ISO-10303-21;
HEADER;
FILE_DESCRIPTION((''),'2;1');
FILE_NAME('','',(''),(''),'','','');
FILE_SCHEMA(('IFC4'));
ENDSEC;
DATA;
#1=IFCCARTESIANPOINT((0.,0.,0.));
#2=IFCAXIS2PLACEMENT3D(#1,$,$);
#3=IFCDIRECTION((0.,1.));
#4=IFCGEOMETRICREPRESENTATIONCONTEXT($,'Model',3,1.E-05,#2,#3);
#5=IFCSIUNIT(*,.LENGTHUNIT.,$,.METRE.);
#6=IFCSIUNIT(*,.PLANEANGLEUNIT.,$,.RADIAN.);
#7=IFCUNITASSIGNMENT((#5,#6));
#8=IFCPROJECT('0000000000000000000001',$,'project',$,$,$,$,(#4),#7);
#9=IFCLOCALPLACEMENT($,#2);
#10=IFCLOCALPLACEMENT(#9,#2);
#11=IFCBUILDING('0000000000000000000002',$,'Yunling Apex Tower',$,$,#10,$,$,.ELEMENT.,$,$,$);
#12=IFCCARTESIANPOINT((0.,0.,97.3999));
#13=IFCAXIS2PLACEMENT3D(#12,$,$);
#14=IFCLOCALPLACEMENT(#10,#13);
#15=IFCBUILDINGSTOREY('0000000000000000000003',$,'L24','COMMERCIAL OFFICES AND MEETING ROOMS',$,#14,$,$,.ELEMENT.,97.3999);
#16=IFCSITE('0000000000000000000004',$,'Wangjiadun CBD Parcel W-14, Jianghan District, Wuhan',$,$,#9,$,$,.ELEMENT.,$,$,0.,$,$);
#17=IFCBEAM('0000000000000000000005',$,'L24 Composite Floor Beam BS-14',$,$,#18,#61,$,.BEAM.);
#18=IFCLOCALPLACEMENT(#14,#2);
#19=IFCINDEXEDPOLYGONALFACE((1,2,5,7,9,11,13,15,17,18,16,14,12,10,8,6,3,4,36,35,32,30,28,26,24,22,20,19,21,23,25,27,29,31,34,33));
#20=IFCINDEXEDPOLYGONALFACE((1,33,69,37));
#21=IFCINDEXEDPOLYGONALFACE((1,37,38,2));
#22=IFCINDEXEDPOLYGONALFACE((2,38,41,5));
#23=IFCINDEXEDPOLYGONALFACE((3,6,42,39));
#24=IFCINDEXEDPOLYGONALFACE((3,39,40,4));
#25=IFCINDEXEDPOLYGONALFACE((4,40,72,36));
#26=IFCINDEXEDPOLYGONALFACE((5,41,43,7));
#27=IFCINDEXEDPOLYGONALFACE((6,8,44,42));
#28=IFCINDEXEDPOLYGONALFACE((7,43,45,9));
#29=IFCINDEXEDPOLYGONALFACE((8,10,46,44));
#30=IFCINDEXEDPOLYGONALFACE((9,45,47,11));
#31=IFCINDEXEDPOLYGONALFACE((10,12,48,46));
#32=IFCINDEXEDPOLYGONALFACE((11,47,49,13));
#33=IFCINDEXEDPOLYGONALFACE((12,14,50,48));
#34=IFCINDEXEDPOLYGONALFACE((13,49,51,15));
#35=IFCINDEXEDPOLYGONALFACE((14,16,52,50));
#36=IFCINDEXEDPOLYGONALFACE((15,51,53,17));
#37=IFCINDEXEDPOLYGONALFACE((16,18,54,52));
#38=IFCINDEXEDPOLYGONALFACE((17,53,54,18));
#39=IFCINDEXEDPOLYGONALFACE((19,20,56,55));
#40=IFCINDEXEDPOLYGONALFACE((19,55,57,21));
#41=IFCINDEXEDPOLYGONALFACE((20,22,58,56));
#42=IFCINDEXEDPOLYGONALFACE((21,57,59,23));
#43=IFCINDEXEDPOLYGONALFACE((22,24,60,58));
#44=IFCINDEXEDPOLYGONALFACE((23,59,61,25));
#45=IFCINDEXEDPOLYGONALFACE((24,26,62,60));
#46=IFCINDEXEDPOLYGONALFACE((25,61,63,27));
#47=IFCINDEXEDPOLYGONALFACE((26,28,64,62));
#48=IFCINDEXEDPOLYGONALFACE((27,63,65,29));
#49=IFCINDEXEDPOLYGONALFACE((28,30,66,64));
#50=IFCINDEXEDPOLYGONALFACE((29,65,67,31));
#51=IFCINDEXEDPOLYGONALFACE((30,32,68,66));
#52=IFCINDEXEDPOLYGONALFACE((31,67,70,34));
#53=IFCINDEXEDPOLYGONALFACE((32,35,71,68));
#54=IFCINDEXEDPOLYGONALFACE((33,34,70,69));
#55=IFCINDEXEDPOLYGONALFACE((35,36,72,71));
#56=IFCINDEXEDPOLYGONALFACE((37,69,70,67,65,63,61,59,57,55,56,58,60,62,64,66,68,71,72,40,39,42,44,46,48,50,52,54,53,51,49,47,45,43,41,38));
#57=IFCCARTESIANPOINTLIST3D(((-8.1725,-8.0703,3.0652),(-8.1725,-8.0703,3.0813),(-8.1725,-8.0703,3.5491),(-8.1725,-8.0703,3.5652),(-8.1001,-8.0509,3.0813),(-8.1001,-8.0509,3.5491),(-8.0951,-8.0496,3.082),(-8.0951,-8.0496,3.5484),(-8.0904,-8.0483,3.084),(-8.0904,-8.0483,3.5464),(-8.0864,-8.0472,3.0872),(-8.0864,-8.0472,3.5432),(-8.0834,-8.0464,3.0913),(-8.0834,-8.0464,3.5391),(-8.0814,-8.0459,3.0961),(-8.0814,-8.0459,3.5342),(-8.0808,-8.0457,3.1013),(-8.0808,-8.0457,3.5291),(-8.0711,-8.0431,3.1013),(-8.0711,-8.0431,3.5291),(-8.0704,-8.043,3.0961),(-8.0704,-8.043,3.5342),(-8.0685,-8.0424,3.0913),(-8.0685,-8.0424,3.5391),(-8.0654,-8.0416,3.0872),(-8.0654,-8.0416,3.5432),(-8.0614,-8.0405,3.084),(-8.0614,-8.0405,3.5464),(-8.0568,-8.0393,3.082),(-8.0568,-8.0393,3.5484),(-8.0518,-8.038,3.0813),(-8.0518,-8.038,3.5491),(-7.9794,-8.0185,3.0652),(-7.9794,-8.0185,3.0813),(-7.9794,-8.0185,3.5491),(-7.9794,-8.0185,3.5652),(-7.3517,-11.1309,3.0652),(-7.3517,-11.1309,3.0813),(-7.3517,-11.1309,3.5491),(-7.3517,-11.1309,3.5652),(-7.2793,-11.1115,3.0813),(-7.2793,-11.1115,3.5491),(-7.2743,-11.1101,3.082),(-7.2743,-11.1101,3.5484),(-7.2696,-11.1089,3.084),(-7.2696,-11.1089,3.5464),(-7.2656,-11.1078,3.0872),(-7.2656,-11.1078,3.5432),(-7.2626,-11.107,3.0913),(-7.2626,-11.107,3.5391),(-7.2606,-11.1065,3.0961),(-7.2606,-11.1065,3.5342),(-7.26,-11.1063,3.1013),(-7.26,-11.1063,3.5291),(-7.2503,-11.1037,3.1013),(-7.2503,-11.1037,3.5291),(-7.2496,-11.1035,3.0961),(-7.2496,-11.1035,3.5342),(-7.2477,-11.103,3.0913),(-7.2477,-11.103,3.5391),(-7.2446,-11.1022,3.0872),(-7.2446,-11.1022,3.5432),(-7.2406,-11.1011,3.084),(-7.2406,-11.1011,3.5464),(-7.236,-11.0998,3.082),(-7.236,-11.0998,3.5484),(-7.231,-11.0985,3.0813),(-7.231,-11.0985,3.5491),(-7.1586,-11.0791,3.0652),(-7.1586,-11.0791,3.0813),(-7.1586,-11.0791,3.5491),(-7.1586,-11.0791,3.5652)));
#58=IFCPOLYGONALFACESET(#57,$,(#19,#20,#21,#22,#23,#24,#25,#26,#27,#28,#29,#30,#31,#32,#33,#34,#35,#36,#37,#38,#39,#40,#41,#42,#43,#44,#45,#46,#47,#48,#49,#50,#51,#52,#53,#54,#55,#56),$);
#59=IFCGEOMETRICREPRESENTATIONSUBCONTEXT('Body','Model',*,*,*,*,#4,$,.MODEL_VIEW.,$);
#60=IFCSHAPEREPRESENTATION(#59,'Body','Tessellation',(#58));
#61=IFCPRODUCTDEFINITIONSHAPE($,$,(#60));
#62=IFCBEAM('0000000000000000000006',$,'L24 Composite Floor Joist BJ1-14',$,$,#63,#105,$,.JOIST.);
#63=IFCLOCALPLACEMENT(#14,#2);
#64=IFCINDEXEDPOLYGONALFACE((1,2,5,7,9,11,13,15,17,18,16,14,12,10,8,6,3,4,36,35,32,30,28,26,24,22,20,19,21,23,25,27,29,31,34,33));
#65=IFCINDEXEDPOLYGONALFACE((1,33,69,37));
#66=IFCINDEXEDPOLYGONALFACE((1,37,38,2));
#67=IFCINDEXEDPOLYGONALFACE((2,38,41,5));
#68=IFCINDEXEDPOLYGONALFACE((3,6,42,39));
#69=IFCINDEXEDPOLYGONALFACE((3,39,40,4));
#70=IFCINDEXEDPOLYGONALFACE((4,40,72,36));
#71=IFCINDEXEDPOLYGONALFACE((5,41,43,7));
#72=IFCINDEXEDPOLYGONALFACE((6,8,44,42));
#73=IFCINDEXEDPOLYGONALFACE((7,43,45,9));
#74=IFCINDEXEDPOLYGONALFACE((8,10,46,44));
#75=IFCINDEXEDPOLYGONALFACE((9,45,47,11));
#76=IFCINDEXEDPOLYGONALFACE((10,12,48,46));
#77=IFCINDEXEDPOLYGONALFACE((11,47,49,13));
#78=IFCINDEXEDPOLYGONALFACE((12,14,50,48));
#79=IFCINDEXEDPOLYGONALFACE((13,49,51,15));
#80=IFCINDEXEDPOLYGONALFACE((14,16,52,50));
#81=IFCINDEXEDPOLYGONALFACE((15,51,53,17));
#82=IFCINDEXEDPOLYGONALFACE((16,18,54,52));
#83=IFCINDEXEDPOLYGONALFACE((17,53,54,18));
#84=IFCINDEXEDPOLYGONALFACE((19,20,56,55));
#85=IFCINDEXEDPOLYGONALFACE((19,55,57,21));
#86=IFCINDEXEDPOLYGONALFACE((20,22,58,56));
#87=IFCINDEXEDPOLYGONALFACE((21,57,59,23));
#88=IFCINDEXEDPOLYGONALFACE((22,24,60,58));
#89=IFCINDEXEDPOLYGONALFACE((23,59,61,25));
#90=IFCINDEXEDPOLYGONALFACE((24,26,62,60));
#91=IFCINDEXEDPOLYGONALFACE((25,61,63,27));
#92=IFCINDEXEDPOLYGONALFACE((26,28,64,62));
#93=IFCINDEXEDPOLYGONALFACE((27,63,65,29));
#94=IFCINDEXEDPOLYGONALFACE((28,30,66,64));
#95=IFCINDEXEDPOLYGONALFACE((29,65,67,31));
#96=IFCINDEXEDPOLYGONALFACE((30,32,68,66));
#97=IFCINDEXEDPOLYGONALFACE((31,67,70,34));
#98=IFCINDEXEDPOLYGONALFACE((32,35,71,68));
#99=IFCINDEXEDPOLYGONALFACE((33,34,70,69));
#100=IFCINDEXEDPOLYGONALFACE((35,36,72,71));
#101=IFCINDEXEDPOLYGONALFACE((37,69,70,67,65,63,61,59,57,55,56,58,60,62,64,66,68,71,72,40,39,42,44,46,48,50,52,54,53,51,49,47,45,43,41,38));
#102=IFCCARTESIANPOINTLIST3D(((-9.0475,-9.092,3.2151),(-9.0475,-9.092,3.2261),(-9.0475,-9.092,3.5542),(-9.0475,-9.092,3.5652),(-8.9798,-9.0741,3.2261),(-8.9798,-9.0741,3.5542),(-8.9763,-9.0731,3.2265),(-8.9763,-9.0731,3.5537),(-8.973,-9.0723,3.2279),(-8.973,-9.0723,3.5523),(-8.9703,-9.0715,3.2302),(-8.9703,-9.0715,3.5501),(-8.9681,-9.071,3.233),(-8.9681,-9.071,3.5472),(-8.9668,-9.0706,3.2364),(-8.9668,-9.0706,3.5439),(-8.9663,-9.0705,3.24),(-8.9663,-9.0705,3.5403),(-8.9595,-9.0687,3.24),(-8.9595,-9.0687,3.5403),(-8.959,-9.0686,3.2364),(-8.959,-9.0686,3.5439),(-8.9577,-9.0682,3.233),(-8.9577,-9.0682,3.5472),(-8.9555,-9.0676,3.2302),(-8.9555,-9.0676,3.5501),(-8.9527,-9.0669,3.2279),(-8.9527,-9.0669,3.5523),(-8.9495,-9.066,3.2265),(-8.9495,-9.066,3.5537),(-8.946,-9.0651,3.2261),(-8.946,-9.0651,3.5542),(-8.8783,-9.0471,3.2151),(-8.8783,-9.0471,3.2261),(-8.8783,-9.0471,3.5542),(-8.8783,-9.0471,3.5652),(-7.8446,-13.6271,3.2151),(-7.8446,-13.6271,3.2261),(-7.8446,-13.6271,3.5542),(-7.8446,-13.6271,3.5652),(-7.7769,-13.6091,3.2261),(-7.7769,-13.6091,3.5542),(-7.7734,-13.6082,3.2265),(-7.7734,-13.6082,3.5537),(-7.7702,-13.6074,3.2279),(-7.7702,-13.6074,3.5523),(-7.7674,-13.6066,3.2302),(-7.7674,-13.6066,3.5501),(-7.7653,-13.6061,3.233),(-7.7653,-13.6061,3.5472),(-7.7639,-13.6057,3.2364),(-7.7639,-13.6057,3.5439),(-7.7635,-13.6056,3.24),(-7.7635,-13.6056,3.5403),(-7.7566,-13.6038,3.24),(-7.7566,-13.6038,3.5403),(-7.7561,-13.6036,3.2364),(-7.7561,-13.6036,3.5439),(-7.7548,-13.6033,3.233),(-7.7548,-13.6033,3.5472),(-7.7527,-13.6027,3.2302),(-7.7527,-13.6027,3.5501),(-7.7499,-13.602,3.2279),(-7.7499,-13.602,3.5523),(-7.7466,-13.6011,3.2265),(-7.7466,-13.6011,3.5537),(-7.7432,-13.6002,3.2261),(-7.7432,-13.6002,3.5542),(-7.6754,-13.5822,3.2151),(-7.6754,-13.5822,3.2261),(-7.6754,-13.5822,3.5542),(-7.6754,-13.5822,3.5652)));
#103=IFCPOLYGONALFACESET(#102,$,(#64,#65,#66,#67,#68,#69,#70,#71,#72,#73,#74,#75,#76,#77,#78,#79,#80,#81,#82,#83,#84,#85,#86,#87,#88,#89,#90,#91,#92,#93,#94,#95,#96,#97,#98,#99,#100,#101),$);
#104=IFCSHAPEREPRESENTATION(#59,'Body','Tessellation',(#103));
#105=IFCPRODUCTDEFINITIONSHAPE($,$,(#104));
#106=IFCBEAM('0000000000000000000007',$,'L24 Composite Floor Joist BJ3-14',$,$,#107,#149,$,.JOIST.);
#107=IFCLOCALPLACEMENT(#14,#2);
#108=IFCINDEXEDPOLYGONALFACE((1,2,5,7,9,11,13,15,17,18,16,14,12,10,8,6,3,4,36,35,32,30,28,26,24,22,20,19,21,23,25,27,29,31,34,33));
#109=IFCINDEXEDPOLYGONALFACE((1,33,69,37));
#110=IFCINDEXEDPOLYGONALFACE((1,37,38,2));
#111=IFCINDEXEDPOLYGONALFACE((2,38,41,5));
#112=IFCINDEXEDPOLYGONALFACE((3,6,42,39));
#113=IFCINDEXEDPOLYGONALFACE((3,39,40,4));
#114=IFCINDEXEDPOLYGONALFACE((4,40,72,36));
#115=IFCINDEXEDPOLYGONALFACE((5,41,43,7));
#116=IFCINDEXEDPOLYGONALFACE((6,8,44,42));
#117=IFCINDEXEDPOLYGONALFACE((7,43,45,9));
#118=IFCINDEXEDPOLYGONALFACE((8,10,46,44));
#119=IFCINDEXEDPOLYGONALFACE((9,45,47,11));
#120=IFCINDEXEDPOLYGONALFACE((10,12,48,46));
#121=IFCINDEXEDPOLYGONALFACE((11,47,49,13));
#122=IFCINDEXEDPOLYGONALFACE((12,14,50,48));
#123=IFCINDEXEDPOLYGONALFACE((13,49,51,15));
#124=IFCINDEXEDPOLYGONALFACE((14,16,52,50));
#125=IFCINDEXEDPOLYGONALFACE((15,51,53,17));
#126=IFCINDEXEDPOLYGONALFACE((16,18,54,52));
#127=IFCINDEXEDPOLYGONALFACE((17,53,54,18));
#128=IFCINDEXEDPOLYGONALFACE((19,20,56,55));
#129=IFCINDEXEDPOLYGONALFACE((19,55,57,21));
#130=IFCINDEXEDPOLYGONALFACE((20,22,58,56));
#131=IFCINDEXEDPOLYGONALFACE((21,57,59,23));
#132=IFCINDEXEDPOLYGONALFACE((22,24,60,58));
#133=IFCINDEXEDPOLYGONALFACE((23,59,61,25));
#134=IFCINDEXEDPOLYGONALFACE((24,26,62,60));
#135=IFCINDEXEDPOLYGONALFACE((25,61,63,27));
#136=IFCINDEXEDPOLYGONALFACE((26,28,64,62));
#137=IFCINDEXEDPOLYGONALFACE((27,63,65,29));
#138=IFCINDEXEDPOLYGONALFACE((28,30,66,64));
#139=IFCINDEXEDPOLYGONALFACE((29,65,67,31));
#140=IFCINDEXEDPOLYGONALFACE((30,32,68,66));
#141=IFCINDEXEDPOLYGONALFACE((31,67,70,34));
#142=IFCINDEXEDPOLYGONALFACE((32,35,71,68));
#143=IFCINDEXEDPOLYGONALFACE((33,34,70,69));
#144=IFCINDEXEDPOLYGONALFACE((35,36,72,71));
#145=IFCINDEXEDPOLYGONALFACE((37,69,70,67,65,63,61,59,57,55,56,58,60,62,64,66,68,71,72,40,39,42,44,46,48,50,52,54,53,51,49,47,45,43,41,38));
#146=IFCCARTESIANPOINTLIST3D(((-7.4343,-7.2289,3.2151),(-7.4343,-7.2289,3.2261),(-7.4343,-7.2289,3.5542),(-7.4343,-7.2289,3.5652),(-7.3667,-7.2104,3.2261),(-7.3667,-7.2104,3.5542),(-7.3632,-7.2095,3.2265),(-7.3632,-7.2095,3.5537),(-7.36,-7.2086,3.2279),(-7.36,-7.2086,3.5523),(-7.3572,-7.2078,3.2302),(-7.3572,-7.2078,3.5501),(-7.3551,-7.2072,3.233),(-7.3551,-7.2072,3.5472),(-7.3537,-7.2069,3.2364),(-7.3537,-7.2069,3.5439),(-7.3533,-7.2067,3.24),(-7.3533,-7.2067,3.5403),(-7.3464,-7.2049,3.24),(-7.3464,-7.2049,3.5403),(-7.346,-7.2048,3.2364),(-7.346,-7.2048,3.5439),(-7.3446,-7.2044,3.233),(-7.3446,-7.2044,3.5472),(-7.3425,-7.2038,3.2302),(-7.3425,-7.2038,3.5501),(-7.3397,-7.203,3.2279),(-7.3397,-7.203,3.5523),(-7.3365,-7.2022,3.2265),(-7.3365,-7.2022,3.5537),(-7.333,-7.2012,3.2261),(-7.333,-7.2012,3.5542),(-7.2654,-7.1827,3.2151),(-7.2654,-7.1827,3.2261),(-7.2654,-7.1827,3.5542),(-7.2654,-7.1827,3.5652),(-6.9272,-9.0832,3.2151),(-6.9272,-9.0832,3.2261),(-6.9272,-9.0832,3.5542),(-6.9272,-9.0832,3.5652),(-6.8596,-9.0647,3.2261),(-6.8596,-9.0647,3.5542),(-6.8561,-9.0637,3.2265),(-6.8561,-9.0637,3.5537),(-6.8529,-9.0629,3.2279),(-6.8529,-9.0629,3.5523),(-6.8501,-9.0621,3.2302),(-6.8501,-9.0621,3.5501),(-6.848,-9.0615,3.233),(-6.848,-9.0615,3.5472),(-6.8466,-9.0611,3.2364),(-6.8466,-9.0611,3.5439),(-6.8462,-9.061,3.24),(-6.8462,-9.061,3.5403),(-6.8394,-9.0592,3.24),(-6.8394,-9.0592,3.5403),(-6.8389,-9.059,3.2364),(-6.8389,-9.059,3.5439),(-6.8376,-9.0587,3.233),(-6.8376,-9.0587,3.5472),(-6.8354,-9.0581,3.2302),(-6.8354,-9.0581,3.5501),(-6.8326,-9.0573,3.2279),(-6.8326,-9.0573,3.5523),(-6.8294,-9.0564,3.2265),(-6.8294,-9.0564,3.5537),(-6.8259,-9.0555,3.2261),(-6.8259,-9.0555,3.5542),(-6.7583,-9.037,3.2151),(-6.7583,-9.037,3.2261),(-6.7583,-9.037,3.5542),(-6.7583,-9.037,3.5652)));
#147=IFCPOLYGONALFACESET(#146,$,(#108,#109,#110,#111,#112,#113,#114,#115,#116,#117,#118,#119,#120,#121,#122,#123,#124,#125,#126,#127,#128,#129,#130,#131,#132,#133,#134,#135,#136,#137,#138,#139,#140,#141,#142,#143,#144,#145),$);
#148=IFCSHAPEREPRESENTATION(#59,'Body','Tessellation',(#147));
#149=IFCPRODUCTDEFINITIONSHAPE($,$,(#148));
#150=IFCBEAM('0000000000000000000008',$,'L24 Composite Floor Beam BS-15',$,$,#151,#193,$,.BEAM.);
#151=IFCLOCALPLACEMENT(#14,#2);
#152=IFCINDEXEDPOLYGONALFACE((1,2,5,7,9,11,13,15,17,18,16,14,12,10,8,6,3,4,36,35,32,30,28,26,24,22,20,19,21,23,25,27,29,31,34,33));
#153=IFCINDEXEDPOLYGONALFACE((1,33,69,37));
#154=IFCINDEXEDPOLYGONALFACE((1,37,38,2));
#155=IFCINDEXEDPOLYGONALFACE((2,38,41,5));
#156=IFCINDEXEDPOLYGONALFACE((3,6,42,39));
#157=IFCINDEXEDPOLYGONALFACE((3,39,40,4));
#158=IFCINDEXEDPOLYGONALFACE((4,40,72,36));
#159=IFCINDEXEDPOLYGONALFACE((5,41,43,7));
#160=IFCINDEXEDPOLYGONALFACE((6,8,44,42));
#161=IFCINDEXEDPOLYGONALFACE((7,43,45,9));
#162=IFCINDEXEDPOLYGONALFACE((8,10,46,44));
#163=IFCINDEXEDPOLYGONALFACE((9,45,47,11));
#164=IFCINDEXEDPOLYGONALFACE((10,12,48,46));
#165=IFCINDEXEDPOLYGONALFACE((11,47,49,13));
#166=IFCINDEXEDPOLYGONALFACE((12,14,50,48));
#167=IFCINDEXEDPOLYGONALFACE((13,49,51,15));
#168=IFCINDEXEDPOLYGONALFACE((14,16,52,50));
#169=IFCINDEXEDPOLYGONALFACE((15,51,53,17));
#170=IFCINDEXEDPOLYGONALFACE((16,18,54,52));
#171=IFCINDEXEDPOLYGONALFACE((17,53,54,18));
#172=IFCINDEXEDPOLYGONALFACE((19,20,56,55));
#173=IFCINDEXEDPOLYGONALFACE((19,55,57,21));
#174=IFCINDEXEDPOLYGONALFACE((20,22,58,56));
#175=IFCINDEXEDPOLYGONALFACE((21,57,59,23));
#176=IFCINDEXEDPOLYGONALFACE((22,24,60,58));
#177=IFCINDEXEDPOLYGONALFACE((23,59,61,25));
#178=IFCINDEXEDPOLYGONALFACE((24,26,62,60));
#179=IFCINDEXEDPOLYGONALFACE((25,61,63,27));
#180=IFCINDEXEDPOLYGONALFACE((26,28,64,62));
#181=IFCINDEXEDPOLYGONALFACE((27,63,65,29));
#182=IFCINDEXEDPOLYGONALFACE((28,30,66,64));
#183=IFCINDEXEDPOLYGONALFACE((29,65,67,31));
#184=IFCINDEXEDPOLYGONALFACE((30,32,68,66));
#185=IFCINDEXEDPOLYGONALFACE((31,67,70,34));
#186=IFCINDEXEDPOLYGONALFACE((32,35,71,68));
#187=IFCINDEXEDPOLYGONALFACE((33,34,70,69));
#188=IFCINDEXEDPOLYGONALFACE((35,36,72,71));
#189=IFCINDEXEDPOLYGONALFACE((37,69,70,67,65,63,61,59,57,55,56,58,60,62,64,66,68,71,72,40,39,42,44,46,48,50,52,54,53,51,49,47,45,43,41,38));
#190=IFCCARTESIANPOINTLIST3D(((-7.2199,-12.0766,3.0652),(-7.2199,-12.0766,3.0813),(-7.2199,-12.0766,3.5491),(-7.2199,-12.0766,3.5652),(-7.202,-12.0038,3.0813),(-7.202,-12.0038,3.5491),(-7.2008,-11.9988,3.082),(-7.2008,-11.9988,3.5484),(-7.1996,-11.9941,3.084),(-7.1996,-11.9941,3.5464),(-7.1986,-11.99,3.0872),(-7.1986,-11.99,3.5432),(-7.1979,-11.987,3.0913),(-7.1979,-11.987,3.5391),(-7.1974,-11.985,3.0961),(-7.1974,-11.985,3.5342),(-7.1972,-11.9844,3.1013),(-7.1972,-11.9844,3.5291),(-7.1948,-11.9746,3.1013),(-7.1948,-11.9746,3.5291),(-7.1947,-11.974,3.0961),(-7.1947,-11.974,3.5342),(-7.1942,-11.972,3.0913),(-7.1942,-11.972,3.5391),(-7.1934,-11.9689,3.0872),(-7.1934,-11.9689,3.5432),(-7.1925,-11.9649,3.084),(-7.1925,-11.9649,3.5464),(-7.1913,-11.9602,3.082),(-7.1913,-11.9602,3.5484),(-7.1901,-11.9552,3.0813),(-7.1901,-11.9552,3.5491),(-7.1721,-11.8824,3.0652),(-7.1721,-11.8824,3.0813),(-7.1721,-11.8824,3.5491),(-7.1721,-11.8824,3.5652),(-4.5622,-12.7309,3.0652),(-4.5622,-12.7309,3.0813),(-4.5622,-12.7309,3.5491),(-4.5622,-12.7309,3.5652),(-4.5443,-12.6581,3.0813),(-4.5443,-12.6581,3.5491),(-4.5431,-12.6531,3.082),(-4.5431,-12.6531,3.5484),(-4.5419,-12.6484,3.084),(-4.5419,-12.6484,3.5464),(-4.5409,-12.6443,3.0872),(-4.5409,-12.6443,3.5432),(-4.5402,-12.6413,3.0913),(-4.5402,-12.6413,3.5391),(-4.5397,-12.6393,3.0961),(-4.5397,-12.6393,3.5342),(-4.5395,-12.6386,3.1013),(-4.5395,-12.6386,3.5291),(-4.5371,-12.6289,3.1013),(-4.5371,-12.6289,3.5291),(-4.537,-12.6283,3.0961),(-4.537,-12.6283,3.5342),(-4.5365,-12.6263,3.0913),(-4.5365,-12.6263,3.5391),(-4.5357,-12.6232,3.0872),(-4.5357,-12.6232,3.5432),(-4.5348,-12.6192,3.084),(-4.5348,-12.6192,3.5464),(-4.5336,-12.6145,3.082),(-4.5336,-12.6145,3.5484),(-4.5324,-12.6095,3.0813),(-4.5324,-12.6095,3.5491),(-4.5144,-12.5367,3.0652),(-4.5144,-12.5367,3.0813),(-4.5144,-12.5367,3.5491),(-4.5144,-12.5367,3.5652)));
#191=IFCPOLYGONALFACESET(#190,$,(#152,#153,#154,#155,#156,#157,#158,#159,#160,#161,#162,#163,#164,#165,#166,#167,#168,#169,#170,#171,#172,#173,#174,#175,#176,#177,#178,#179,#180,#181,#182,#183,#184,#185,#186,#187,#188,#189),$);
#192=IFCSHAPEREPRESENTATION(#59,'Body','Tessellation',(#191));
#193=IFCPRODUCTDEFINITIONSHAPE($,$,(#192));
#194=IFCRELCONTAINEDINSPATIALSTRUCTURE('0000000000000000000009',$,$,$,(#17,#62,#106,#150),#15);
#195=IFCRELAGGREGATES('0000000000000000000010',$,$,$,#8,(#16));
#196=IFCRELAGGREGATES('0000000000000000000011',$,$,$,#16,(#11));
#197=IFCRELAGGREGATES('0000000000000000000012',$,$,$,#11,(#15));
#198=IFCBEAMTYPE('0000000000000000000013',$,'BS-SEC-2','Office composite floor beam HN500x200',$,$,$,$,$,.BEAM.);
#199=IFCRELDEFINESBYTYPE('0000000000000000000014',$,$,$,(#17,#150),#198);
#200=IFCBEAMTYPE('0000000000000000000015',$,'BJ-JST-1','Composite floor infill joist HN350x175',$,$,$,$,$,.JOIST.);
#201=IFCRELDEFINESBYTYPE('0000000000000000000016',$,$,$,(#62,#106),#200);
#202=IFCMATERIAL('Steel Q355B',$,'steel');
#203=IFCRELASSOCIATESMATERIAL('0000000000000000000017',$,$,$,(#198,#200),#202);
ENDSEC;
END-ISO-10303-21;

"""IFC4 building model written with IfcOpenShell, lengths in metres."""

from ifc_helpers import new_model, si_unit, direction, frame, origin, origin_2d, place, context, subcontext, project, spatial, i_section, extrude, source, transform, mapped, material, material_profile, profile_set, type_object, element, save


model = new_model("IFC4")

# Units and contexts
model_context = context("Model", 3, precision=1e-05, world=origin(), true_north=direction((0.0, 1.0)))
body_context = subcontext(model_context, "Body", "Model", "MODEL_VIEW")
ifc_project = project(units=[si_unit("LENGTHUNIT", "METRE"), si_unit("PLANEANGLEUNIT", "RADIAN")], contexts=[model_context])

# Site, building, storey
site_placement = place(None, origin())
site = spatial("IfcSite", under=ifc_project, at=site_placement, Name="Wangjiadun CBD Parcel W-14, Jianghan District, Wuhan", CompositionType="ELEMENT", RefElevation=0.0)
building_placement = place(site_placement, origin())
building = spatial("IfcBuilding", under=site, at=building_placement, Name="Yunling Apex Tower", CompositionType="ELEMENT")
storey_placement = place(building_placement, frame((0.0, 0.0, 97.3999)))
storey = spatial("IfcBuildingStorey", under=building, at=storey_placement, Name="L24", Description="COMMERCIAL OFFICES AND MEETING ROOMS", CompositionType="ELEMENT", Elevation=97.3999)

# Beams
ifc_material_1 = material(Name="Steel Q355B", Category="steel")
ifc_material_profile_1 = material_profile(ifc_material_1, i_section(OverallWidth=0.2, OverallDepth=0.5, WebThickness=0.01, FlangeThickness=0.0161, FilletRadius=0.02, at=origin_2d()))
ifc_profile_set_1 = profile_set([ifc_material_profile_1], Name="Steel Q355B")
beam_type_1 = type_object("IfcBeamType", Name="BS-SEC-2", Description="Office composite floor beam HN500x200", PredefinedType="BEAM", material=ifc_profile_set_1)
ifc_material_profile_2 = material_profile(ifc_material_1, i_section(OverallWidth=0.175, OverallDepth=0.3501, WebThickness=0.0071, FlangeThickness=0.011, FilletRadius=0.0139, at=origin_2d()))
ifc_profile_set_2 = profile_set([ifc_material_profile_2], Name="Steel Q355B")
beam_type_2 = type_object("IfcBeamType", Name="BJ-JST-1", Description="Composite floor infill joist HN350x175", PredefinedType="JOIST", material=ifc_profile_set_2)
shared_shape_1 = source(origin(), body_context, "Body", "SweptSolid", [
    extrude(i_section(OverallWidth=0.2, OverallDepth=0.5, WebThickness=0.01, FlangeThickness=0.0161, FilletRadius=0.02, at=origin_2d()), origin(), (0.0, 0.0, 1.0), 3.1687),
])
beam_1_placement = place(storey_placement, frame((-8.0759, -8.0444, 3.3152), z_axis=(0.259034, -0.965868, 0.0), x_axis=(0.965868, 0.259034, 0.0)))
element("IfcBeam", 1, at=beam_1_placement, inside=storey, type_object=beam_type_1, Name="L24 Composite Floor Beam BS-14", PredefinedType="BEAM", context=body_context, shape_type="MappedRepresentation", body=[
    mapped(shared_shape_1, transform((0.0, 0.0, 0.0), scale=1.0)),
])
shared_shape_2 = source(origin(), body_context, "Body", "SweptSolid", [
    extrude(i_section(OverallWidth=0.175, OverallDepth=0.3501, WebThickness=0.0071, FlangeThickness=0.011, FilletRadius=0.0139, at=origin_2d()), origin(), (0.0, 0.0, 1.0), 4.6919),
])
beam_2_placement = place(storey_placement, frame((-8.9629, -9.0696, 3.3901), z_axis=(0.25637, -0.966579, 0.0), x_axis=(0.966579, 0.25637, 0.0)))
element("IfcBeam", 2, at=beam_2_placement, inside=storey, type_object=beam_type_2, Name="L24 Composite Floor Joist BJ1-14", PredefinedType="JOIST", context=body_context, shape_type="MappedRepresentation", body=[
    mapped(shared_shape_2, transform((0.0, 0.0, 0.0), scale=1.0)),
])
shared_shape_3 = source(origin(), body_context, "Body", "SweptSolid", [
    extrude(i_section(OverallWidth=0.175, OverallDepth=0.3501, WebThickness=0.0071, FlangeThickness=0.011, FilletRadius=0.0139, at=origin_2d()), origin(), (0.0, 0.0, 1.0), 1.9224),
])
beam_3_placement = place(storey_placement, frame((-7.3499, -7.2058, 3.3901), z_axis=(0.263784, -0.964582, 0.0), x_axis=(0.964582, 0.263784, 0.0)))
element("IfcBeam", 3, at=beam_3_placement, inside=storey, type_object=beam_type_2, Name="L24 Composite Floor Joist BJ3-14", PredefinedType="JOIST", context=body_context, shape_type="MappedRepresentation", body=[
    mapped(shared_shape_3, transform((0.0, 0.0, 0.0), scale=1.0)),
])
shared_shape_4 = source(origin(), body_context, "Body", "SweptSolid", [
    extrude(i_section(OverallWidth=0.2, OverallDepth=0.5, WebThickness=0.01, FlangeThickness=0.0161, FilletRadius=0.02, at=origin_2d()), origin(), (0.0, 0.0, 1.0), 2.7371),
])
beam_4_placement = place(storey_placement, frame((-7.196, -11.9795, 3.3152), z_axis=(0.971007, -0.23905, 0.0), x_axis=(0.23905, 0.971007, 0.0)))
element("IfcBeam", 4, at=beam_4_placement, inside=storey, type_object=beam_type_1, Name="L24 Composite Floor Beam BS-15", PredefinedType="BEAM", context=body_context, shape_type="MappedRepresentation", body=[
    mapped(shared_shape_4, transform((0.0, 0.0, 0.0), scale=1.0)),
])

save(model, "model.ifc")
